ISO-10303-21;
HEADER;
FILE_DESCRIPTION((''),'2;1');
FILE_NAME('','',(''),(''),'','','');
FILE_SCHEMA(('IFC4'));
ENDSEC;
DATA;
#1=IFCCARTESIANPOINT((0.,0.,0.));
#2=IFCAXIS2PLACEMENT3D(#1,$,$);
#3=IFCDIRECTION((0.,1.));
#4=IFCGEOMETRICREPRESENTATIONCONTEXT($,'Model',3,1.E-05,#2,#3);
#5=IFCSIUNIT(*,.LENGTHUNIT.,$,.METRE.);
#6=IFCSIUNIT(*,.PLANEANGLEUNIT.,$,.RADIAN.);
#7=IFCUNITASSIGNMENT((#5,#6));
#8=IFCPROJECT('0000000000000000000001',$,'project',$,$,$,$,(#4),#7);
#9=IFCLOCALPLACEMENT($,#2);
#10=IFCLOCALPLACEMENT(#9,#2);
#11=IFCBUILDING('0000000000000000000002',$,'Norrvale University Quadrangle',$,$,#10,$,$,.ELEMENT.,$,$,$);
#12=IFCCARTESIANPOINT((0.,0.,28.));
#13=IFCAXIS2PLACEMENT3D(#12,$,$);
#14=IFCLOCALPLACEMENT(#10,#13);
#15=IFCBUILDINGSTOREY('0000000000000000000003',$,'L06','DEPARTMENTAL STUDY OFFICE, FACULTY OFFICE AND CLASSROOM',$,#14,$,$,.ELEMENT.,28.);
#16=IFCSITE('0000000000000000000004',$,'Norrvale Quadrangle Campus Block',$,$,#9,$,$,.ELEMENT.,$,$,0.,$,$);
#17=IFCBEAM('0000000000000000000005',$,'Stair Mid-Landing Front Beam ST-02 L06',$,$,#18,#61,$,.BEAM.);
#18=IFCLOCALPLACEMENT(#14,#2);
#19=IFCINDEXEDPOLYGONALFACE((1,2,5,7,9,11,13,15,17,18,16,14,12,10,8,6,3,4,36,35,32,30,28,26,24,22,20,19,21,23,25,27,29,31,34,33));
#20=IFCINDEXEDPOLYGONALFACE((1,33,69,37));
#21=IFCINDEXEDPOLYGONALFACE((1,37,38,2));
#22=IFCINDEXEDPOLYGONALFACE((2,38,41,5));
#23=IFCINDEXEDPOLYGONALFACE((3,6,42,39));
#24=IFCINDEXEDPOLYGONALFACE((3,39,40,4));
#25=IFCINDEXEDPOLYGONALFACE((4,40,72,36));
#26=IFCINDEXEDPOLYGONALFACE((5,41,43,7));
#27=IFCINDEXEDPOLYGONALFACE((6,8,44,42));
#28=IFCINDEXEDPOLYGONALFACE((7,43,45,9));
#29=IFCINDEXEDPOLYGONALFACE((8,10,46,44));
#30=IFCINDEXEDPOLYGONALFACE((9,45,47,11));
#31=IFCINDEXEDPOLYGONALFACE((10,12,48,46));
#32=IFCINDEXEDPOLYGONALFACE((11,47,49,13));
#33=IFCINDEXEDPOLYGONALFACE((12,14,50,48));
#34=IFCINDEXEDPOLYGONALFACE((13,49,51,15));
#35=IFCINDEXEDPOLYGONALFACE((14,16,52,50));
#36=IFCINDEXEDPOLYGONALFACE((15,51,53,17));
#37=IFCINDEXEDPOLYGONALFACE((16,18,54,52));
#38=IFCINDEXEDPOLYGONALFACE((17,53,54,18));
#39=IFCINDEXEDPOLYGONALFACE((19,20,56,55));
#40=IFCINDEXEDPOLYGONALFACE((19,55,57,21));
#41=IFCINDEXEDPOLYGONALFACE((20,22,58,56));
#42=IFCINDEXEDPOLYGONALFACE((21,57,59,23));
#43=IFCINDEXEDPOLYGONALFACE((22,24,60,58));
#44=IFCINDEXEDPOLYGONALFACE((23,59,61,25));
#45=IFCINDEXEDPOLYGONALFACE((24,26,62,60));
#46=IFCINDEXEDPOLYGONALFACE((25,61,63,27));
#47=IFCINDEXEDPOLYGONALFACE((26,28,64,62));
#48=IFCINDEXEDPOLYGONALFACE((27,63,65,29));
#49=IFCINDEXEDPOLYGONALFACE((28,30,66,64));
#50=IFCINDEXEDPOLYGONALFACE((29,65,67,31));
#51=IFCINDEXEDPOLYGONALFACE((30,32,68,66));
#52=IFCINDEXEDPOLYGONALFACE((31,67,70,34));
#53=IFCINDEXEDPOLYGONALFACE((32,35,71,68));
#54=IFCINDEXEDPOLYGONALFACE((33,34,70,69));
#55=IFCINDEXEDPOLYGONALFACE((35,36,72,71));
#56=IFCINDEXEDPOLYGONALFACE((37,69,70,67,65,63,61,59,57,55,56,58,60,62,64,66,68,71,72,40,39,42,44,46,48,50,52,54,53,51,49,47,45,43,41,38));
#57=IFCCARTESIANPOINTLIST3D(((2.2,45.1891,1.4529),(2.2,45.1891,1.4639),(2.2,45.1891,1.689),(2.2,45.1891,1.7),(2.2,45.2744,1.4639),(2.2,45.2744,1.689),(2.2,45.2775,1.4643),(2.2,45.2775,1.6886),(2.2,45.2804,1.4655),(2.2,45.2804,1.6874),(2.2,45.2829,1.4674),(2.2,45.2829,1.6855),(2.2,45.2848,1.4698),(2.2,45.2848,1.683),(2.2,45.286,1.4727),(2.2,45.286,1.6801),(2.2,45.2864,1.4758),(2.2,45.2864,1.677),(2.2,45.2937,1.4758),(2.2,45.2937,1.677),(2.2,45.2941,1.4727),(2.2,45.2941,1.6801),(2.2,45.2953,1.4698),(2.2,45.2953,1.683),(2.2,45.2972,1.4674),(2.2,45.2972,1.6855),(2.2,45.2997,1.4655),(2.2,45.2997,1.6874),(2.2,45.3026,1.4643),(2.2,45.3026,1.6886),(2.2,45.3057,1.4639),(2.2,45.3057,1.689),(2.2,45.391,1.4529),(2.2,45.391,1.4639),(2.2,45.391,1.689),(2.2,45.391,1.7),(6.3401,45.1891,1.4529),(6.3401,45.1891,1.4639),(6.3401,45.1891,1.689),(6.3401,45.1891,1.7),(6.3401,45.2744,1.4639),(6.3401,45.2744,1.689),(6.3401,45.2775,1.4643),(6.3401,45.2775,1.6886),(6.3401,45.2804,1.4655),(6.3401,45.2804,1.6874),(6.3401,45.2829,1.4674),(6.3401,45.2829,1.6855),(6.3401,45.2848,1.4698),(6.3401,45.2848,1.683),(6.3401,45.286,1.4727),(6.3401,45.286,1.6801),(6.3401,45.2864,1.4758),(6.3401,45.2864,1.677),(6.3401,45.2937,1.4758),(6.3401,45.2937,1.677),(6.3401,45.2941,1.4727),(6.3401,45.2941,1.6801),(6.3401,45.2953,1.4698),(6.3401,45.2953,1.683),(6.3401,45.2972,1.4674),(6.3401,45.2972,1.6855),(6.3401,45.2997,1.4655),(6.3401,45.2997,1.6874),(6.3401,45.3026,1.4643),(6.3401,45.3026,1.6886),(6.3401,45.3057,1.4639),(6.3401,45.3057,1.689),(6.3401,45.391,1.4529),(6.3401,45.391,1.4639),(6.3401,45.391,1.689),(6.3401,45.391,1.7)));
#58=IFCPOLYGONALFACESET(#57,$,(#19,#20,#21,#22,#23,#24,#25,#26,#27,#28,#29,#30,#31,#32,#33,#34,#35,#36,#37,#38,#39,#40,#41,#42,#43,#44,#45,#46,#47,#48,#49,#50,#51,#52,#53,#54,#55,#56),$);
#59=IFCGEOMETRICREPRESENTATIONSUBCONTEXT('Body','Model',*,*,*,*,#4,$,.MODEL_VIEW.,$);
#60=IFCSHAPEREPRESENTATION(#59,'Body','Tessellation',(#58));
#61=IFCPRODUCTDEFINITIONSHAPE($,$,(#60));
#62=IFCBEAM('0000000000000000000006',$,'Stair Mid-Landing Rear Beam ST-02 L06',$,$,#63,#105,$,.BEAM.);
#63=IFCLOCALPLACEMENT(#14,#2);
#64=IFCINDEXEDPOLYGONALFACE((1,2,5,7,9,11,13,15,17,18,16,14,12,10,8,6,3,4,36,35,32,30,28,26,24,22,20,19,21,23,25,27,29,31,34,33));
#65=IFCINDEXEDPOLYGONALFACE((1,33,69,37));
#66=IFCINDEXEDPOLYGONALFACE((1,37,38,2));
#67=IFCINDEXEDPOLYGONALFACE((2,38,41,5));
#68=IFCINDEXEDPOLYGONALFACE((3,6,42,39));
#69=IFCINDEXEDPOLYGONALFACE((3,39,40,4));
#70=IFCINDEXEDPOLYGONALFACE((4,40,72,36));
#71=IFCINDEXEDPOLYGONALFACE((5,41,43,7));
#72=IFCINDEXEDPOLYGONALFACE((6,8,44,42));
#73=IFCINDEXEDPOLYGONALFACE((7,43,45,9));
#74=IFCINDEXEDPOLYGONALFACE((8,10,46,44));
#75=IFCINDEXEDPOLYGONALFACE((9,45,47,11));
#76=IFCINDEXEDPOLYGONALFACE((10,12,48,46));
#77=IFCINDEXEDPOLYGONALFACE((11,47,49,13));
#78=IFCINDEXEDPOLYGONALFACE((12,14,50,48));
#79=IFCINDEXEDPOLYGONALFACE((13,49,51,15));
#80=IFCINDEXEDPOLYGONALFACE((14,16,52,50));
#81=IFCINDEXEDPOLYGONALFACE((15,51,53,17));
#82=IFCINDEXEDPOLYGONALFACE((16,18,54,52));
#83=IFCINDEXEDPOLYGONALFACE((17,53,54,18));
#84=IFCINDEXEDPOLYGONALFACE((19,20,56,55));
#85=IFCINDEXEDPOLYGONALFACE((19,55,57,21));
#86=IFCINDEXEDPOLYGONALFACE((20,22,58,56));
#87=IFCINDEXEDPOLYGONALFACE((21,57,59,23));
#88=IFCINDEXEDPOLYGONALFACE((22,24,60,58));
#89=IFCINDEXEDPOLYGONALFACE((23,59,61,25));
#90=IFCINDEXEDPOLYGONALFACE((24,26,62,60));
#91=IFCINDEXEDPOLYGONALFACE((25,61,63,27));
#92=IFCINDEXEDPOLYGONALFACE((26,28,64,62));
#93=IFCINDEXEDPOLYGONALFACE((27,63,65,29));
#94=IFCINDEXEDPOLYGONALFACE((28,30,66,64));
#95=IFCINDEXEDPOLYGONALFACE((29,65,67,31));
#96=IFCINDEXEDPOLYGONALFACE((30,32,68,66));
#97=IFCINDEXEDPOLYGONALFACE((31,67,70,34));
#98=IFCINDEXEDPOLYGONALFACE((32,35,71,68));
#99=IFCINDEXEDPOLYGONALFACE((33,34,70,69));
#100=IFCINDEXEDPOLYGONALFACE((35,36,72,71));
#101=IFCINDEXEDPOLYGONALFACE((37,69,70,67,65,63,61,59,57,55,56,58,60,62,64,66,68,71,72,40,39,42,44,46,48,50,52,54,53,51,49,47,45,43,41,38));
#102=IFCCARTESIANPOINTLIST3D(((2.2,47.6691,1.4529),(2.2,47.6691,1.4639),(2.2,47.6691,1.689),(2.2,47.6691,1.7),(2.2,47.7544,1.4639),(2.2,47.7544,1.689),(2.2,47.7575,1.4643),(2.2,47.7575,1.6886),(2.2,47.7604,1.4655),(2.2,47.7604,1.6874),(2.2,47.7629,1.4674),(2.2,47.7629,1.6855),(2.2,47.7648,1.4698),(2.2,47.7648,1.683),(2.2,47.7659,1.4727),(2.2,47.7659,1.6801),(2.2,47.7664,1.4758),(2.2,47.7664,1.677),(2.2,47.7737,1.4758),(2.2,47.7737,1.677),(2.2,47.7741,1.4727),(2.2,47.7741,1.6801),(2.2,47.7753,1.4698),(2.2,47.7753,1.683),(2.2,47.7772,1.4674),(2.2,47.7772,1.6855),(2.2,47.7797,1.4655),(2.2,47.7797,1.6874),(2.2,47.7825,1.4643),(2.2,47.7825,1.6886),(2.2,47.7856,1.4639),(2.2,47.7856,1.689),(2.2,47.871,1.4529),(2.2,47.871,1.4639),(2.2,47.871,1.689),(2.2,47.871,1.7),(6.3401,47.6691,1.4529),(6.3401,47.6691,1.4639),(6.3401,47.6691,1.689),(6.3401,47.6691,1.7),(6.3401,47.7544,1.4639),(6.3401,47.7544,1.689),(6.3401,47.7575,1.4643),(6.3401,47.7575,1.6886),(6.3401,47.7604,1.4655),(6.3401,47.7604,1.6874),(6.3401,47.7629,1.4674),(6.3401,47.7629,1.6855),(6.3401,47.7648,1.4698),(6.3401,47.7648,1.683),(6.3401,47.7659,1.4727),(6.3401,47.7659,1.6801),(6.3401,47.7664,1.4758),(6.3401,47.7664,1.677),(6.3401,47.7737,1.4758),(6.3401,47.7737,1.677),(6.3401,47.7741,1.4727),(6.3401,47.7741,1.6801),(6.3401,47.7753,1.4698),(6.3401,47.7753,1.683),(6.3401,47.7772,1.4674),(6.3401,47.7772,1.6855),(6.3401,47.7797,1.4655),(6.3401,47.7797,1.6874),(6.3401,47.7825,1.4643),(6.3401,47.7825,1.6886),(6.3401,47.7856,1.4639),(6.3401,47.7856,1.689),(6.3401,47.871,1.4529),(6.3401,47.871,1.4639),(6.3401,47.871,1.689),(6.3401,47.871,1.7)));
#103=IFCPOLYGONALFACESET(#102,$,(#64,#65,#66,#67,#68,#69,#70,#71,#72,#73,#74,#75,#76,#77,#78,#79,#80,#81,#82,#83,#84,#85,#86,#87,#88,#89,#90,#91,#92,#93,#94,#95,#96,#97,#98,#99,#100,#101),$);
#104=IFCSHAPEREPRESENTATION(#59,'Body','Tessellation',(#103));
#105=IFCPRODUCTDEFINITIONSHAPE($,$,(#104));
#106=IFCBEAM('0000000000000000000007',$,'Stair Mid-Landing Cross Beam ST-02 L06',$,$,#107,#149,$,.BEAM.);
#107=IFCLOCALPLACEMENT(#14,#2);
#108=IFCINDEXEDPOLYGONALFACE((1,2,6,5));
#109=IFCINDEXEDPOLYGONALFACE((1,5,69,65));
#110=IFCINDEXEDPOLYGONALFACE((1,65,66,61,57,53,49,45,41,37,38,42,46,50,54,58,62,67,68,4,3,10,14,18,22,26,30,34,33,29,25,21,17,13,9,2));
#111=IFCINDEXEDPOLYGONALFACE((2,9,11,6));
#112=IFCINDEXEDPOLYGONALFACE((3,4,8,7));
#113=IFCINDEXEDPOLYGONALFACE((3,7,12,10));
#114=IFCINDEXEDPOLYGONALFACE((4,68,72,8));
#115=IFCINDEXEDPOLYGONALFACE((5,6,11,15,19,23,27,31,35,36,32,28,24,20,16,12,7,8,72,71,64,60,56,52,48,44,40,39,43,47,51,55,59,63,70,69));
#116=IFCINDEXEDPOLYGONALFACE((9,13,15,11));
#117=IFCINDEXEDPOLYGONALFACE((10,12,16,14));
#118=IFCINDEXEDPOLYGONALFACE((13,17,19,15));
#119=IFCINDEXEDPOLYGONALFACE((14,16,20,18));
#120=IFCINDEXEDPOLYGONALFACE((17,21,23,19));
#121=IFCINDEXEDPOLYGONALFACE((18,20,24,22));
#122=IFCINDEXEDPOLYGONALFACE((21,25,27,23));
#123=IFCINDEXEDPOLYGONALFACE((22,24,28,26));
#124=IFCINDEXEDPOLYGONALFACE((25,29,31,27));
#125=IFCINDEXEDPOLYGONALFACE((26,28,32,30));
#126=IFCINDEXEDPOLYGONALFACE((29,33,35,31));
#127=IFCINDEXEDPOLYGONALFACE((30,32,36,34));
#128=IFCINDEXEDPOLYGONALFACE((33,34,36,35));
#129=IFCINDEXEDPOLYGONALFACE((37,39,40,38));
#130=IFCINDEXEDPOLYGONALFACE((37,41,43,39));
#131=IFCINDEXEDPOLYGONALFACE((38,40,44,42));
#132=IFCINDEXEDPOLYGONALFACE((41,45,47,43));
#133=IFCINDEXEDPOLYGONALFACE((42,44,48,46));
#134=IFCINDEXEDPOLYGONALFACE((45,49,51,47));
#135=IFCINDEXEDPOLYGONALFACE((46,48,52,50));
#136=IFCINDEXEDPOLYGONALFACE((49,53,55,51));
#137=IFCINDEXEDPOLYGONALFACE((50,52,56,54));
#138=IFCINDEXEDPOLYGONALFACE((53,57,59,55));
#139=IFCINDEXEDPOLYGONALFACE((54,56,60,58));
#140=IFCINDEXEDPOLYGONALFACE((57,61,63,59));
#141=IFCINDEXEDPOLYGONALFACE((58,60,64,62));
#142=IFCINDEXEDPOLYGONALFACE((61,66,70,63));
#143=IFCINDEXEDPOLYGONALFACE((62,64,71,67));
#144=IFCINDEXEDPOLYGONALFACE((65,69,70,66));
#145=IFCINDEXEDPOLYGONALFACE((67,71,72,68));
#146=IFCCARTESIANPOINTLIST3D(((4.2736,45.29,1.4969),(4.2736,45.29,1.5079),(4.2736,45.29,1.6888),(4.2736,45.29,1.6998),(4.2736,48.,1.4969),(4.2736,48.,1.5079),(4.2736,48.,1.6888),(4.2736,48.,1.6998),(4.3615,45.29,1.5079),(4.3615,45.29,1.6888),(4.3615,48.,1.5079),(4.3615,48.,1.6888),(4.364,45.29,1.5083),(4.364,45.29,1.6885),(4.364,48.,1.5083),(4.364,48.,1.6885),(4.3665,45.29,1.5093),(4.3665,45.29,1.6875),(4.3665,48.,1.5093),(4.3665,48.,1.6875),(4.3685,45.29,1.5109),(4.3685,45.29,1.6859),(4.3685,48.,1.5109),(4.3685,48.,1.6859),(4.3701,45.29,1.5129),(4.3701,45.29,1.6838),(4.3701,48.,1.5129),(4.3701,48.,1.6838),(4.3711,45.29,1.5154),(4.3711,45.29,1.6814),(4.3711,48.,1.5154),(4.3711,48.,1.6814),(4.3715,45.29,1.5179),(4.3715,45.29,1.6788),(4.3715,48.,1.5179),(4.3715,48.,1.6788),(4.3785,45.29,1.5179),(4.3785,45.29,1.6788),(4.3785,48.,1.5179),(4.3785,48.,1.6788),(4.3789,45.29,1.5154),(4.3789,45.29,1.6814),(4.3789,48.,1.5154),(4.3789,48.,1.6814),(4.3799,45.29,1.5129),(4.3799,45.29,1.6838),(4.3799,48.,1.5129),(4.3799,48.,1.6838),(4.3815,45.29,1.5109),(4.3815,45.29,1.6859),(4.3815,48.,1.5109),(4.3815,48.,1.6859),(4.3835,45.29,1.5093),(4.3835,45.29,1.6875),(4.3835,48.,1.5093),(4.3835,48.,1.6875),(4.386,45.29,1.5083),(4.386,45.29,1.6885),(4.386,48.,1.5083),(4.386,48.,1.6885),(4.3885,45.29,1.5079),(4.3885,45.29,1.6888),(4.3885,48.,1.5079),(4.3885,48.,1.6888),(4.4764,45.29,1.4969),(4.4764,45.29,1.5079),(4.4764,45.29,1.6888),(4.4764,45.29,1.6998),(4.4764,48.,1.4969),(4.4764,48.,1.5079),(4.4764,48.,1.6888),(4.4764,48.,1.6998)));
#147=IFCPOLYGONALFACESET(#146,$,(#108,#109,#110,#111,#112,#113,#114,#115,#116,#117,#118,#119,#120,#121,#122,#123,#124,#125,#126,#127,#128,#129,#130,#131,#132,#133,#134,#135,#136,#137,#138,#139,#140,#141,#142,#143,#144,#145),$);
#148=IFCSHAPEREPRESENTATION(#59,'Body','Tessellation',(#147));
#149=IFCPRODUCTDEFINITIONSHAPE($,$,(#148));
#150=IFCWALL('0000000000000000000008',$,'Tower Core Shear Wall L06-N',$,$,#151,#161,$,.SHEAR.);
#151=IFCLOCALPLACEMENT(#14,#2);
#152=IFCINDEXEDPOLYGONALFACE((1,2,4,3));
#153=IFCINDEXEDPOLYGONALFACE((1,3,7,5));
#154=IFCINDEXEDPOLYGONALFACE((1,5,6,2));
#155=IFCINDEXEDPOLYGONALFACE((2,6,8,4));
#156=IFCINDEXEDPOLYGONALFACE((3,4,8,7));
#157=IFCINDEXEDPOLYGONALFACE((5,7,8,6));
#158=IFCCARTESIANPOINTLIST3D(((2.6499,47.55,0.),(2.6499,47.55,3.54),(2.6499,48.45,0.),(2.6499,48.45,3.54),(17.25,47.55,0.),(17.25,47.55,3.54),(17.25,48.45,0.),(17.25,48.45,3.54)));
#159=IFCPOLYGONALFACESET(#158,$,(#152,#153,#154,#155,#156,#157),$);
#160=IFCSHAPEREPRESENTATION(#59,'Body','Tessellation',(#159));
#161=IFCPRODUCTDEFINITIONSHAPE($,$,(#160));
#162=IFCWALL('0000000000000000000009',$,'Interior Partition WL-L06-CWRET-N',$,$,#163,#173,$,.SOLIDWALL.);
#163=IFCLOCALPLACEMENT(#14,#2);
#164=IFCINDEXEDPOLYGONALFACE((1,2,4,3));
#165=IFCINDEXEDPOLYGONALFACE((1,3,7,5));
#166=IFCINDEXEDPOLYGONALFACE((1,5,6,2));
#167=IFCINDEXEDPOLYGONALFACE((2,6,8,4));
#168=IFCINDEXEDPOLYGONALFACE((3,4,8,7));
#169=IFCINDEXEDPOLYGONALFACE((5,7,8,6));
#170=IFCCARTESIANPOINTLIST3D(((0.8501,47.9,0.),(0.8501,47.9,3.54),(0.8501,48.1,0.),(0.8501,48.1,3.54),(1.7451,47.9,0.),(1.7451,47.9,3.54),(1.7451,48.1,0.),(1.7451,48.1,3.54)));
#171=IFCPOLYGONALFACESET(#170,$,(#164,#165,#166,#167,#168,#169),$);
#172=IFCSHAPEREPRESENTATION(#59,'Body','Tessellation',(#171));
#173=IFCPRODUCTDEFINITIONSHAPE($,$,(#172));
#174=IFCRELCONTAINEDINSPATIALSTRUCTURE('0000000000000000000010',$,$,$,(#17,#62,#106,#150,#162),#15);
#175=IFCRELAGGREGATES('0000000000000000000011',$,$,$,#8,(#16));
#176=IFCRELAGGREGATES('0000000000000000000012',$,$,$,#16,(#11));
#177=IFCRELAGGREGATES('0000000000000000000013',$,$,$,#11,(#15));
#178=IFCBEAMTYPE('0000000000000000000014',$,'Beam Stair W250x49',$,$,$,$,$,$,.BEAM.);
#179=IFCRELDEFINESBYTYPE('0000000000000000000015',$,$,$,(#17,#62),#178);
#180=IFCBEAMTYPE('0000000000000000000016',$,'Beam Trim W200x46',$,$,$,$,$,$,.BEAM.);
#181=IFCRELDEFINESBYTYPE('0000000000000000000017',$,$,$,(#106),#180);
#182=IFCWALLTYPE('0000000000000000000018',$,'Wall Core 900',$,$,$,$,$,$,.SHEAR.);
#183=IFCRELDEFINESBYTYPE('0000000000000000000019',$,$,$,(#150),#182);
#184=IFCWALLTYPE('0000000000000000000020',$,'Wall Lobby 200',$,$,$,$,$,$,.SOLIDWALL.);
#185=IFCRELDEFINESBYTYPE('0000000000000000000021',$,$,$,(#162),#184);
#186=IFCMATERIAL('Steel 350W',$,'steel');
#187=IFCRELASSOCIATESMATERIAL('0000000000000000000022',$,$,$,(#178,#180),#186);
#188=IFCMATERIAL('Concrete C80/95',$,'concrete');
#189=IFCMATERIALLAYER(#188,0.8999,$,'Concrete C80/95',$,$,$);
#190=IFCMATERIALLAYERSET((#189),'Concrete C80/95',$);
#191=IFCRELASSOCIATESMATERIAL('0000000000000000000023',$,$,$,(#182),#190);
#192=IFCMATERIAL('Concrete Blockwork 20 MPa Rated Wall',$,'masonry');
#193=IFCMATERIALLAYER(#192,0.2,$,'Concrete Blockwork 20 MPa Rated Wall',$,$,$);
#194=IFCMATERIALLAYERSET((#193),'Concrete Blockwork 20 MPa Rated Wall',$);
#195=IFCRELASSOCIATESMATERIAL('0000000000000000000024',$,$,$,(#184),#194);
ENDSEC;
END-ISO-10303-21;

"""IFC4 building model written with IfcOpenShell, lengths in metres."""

from ifc_helpers import new_model, si_unit, direction, frame, frame_2d, origin, origin_2d, place, context, subcontext, project, spatial, rectangle, i_section, extrude, material, layer, layer_set, material_profile, profile_set, type_object, element, save


model = new_model("IFC4")

# Units and contexts
model_context = context("Model", 3, precision=1e-05, world=origin(), true_north=direction((0.0, 1.0)))
body_context = subcontext(model_context, "Body", "Model", "MODEL_VIEW")
ifc_project = project(units=[si_unit("LENGTHUNIT", "METRE"), si_unit("PLANEANGLEUNIT", "RADIAN")], contexts=[model_context])

# Site, building, storey
site_placement = place(None, origin())
site = spatial("IfcSite", under=ifc_project, at=site_placement, Name="Norrvale Quadrangle Campus Block", CompositionType="ELEMENT", RefElevation=0.0)
building_placement = place(site_placement, origin())
building = spatial("IfcBuilding", under=site, at=building_placement, Name="Norrvale University Quadrangle", CompositionType="ELEMENT")
storey_placement = place(building_placement, frame((0.0, 0.0, 28.0)))
storey = spatial("IfcBuildingStorey", under=building, at=storey_placement, Name="L06", Description="DEPARTMENTAL STUDY OFFICE, FACULTY OFFICE AND CLASSROOM", CompositionType="ELEMENT", Elevation=28.0)

# Shared definitions
ifc_material_1 = material(Name="Concrete C80/95", Category="concrete")

# Beams
ifc_material_2 = material(Name="Steel 350W", Category="steel")
ifc_material_profile_1 = material_profile(ifc_material_2, i_section(OverallWidth=0.2019, OverallDepth=0.2471, WebThickness=0.0073, FlangeThickness=0.011, FilletRadius=0.012, at=origin_2d()), Name="Steel 350W")
ifc_profile_set_1 = profile_set([ifc_material_profile_1], Name="Steel 350W")
beam_type_1 = type_object("IfcBeamType", Name="Beam Stair W250x49", PredefinedType="BEAM", material=ifc_profile_set_1)
for number, where, z_axis, x_axis, name in (
    (1, (2.2, 45.29, 1.5764), (1.0, 0.0, 0.0), (0.0, 1.0, 0.0), "Stair Mid-Landing Front Beam ST-02 L06"),
    (2, (2.2, 47.77, 1.5764), (1.0, 0.0, 0.0), (0.0, 1.0, 0.0), "Stair Mid-Landing Rear Beam ST-02 L06"),
):
    element("IfcBeam", number, at=place(storey_placement, frame(where, z_axis=z_axis, x_axis=x_axis)), inside=storey, type_object=beam_type_1, Name=name, PredefinedType="BEAM", context=body_context, shape_type="SweptSolid", body=[
        extrude(i_section(OverallWidth=0.2019, OverallDepth=0.2471, WebThickness=0.0073, FlangeThickness=0.011, FilletRadius=0.012, at=origin_2d()), origin(), (0.0, 0.0, 1.0), 4.1401),
    ])
ifc_material_profile_2 = material_profile(ifc_material_2, i_section(OverallWidth=0.2029, OverallDepth=0.2029, WebThickness=0.0071, FlangeThickness=0.011, FilletRadius=0.01, at=origin_2d()), Name="Steel 350W")
ifc_profile_set_2 = profile_set([ifc_material_profile_2], Name="Steel 350W")
beam_type_2 = type_object("IfcBeamType", Name="Beam Trim W200x46", PredefinedType="BEAM", material=ifc_profile_set_2)
beam_1_placement = place(storey_placement, frame((4.375, 45.29, 1.5984), z_axis=(0.0, 1.0, 0.0), x_axis=(-1.0, 0.0, 0.0)))
element("IfcBeam", 3, at=beam_1_placement, inside=storey, type_object=beam_type_2, Name="Stair Mid-Landing Cross Beam ST-02 L06", PredefinedType="BEAM", context=body_context, shape_type="SweptSolid", body=[
    extrude(i_section(OverallWidth=0.2029, OverallDepth=0.2029, WebThickness=0.0071, FlangeThickness=0.011, FilletRadius=0.01, at=origin_2d()), origin(), (0.0, 0.0, 1.0), 2.71),
])

# Wall
ifc_layer_1 = layer(ifc_material_1, 0.8999, Name="Concrete C80/95")
ifc_layer_set_1 = layer_set([ifc_layer_1], Name="Concrete C80/95")
wall_type_1 = type_object("IfcWallType", Name="Wall Core 900", PredefinedType="SHEAR", material=ifc_layer_set_1)
wall_1_placement = place(storey_placement, frame((2.6499, 48.0, 0.0), z_axis=(0.0, 0.0, 1.0), x_axis=(1.0, 0.0, 0.0)))
element("IfcWall", 4, at=wall_1_placement, inside=storey, type_object=wall_type_1, Name="Tower Core Shear Wall L06-N", PredefinedType="SHEAR", context=body_context, shape_type="SweptSolid", body=[
    extrude(rectangle(XDim=14.6001, YDim=0.8999, at=frame_2d((7.3, 0.0))), origin(), (0.0, 0.0, 1.0), 3.54),
])

# Wall
ifc_material_3 = material(Name="Concrete Blockwork 20 MPa Rated Wall", Category="masonry")
ifc_layer_2 = layer(ifc_material_3, 0.2, Name="Concrete Blockwork 20 MPa Rated Wall")
ifc_layer_set_2 = layer_set([ifc_layer_2], Name="Concrete Blockwork 20 MPa Rated Wall")
wall_type_2 = type_object("IfcWallType", Name="Wall Lobby 200", PredefinedType="SOLIDWALL", material=ifc_layer_set_2)
wall_2_placement = place(storey_placement, frame((0.8501, 48.0, 0.0), z_axis=(0.0, 0.0, 1.0), x_axis=(1.0, 0.0, 0.0)))
element("IfcWall", 5, at=wall_2_placement, inside=storey, type_object=wall_type_2, Name="Interior Partition WL-L06-CWRET-N", PredefinedType="SOLIDWALL", context=body_context, shape_type="SweptSolid", body=[
    extrude(rectangle(XDim=0.895, YDim=0.2, at=frame_2d((0.4475, 0.0))), origin(), (0.0, 0.0, 1.0), 3.54),
])

save(model, "model.ifc")
